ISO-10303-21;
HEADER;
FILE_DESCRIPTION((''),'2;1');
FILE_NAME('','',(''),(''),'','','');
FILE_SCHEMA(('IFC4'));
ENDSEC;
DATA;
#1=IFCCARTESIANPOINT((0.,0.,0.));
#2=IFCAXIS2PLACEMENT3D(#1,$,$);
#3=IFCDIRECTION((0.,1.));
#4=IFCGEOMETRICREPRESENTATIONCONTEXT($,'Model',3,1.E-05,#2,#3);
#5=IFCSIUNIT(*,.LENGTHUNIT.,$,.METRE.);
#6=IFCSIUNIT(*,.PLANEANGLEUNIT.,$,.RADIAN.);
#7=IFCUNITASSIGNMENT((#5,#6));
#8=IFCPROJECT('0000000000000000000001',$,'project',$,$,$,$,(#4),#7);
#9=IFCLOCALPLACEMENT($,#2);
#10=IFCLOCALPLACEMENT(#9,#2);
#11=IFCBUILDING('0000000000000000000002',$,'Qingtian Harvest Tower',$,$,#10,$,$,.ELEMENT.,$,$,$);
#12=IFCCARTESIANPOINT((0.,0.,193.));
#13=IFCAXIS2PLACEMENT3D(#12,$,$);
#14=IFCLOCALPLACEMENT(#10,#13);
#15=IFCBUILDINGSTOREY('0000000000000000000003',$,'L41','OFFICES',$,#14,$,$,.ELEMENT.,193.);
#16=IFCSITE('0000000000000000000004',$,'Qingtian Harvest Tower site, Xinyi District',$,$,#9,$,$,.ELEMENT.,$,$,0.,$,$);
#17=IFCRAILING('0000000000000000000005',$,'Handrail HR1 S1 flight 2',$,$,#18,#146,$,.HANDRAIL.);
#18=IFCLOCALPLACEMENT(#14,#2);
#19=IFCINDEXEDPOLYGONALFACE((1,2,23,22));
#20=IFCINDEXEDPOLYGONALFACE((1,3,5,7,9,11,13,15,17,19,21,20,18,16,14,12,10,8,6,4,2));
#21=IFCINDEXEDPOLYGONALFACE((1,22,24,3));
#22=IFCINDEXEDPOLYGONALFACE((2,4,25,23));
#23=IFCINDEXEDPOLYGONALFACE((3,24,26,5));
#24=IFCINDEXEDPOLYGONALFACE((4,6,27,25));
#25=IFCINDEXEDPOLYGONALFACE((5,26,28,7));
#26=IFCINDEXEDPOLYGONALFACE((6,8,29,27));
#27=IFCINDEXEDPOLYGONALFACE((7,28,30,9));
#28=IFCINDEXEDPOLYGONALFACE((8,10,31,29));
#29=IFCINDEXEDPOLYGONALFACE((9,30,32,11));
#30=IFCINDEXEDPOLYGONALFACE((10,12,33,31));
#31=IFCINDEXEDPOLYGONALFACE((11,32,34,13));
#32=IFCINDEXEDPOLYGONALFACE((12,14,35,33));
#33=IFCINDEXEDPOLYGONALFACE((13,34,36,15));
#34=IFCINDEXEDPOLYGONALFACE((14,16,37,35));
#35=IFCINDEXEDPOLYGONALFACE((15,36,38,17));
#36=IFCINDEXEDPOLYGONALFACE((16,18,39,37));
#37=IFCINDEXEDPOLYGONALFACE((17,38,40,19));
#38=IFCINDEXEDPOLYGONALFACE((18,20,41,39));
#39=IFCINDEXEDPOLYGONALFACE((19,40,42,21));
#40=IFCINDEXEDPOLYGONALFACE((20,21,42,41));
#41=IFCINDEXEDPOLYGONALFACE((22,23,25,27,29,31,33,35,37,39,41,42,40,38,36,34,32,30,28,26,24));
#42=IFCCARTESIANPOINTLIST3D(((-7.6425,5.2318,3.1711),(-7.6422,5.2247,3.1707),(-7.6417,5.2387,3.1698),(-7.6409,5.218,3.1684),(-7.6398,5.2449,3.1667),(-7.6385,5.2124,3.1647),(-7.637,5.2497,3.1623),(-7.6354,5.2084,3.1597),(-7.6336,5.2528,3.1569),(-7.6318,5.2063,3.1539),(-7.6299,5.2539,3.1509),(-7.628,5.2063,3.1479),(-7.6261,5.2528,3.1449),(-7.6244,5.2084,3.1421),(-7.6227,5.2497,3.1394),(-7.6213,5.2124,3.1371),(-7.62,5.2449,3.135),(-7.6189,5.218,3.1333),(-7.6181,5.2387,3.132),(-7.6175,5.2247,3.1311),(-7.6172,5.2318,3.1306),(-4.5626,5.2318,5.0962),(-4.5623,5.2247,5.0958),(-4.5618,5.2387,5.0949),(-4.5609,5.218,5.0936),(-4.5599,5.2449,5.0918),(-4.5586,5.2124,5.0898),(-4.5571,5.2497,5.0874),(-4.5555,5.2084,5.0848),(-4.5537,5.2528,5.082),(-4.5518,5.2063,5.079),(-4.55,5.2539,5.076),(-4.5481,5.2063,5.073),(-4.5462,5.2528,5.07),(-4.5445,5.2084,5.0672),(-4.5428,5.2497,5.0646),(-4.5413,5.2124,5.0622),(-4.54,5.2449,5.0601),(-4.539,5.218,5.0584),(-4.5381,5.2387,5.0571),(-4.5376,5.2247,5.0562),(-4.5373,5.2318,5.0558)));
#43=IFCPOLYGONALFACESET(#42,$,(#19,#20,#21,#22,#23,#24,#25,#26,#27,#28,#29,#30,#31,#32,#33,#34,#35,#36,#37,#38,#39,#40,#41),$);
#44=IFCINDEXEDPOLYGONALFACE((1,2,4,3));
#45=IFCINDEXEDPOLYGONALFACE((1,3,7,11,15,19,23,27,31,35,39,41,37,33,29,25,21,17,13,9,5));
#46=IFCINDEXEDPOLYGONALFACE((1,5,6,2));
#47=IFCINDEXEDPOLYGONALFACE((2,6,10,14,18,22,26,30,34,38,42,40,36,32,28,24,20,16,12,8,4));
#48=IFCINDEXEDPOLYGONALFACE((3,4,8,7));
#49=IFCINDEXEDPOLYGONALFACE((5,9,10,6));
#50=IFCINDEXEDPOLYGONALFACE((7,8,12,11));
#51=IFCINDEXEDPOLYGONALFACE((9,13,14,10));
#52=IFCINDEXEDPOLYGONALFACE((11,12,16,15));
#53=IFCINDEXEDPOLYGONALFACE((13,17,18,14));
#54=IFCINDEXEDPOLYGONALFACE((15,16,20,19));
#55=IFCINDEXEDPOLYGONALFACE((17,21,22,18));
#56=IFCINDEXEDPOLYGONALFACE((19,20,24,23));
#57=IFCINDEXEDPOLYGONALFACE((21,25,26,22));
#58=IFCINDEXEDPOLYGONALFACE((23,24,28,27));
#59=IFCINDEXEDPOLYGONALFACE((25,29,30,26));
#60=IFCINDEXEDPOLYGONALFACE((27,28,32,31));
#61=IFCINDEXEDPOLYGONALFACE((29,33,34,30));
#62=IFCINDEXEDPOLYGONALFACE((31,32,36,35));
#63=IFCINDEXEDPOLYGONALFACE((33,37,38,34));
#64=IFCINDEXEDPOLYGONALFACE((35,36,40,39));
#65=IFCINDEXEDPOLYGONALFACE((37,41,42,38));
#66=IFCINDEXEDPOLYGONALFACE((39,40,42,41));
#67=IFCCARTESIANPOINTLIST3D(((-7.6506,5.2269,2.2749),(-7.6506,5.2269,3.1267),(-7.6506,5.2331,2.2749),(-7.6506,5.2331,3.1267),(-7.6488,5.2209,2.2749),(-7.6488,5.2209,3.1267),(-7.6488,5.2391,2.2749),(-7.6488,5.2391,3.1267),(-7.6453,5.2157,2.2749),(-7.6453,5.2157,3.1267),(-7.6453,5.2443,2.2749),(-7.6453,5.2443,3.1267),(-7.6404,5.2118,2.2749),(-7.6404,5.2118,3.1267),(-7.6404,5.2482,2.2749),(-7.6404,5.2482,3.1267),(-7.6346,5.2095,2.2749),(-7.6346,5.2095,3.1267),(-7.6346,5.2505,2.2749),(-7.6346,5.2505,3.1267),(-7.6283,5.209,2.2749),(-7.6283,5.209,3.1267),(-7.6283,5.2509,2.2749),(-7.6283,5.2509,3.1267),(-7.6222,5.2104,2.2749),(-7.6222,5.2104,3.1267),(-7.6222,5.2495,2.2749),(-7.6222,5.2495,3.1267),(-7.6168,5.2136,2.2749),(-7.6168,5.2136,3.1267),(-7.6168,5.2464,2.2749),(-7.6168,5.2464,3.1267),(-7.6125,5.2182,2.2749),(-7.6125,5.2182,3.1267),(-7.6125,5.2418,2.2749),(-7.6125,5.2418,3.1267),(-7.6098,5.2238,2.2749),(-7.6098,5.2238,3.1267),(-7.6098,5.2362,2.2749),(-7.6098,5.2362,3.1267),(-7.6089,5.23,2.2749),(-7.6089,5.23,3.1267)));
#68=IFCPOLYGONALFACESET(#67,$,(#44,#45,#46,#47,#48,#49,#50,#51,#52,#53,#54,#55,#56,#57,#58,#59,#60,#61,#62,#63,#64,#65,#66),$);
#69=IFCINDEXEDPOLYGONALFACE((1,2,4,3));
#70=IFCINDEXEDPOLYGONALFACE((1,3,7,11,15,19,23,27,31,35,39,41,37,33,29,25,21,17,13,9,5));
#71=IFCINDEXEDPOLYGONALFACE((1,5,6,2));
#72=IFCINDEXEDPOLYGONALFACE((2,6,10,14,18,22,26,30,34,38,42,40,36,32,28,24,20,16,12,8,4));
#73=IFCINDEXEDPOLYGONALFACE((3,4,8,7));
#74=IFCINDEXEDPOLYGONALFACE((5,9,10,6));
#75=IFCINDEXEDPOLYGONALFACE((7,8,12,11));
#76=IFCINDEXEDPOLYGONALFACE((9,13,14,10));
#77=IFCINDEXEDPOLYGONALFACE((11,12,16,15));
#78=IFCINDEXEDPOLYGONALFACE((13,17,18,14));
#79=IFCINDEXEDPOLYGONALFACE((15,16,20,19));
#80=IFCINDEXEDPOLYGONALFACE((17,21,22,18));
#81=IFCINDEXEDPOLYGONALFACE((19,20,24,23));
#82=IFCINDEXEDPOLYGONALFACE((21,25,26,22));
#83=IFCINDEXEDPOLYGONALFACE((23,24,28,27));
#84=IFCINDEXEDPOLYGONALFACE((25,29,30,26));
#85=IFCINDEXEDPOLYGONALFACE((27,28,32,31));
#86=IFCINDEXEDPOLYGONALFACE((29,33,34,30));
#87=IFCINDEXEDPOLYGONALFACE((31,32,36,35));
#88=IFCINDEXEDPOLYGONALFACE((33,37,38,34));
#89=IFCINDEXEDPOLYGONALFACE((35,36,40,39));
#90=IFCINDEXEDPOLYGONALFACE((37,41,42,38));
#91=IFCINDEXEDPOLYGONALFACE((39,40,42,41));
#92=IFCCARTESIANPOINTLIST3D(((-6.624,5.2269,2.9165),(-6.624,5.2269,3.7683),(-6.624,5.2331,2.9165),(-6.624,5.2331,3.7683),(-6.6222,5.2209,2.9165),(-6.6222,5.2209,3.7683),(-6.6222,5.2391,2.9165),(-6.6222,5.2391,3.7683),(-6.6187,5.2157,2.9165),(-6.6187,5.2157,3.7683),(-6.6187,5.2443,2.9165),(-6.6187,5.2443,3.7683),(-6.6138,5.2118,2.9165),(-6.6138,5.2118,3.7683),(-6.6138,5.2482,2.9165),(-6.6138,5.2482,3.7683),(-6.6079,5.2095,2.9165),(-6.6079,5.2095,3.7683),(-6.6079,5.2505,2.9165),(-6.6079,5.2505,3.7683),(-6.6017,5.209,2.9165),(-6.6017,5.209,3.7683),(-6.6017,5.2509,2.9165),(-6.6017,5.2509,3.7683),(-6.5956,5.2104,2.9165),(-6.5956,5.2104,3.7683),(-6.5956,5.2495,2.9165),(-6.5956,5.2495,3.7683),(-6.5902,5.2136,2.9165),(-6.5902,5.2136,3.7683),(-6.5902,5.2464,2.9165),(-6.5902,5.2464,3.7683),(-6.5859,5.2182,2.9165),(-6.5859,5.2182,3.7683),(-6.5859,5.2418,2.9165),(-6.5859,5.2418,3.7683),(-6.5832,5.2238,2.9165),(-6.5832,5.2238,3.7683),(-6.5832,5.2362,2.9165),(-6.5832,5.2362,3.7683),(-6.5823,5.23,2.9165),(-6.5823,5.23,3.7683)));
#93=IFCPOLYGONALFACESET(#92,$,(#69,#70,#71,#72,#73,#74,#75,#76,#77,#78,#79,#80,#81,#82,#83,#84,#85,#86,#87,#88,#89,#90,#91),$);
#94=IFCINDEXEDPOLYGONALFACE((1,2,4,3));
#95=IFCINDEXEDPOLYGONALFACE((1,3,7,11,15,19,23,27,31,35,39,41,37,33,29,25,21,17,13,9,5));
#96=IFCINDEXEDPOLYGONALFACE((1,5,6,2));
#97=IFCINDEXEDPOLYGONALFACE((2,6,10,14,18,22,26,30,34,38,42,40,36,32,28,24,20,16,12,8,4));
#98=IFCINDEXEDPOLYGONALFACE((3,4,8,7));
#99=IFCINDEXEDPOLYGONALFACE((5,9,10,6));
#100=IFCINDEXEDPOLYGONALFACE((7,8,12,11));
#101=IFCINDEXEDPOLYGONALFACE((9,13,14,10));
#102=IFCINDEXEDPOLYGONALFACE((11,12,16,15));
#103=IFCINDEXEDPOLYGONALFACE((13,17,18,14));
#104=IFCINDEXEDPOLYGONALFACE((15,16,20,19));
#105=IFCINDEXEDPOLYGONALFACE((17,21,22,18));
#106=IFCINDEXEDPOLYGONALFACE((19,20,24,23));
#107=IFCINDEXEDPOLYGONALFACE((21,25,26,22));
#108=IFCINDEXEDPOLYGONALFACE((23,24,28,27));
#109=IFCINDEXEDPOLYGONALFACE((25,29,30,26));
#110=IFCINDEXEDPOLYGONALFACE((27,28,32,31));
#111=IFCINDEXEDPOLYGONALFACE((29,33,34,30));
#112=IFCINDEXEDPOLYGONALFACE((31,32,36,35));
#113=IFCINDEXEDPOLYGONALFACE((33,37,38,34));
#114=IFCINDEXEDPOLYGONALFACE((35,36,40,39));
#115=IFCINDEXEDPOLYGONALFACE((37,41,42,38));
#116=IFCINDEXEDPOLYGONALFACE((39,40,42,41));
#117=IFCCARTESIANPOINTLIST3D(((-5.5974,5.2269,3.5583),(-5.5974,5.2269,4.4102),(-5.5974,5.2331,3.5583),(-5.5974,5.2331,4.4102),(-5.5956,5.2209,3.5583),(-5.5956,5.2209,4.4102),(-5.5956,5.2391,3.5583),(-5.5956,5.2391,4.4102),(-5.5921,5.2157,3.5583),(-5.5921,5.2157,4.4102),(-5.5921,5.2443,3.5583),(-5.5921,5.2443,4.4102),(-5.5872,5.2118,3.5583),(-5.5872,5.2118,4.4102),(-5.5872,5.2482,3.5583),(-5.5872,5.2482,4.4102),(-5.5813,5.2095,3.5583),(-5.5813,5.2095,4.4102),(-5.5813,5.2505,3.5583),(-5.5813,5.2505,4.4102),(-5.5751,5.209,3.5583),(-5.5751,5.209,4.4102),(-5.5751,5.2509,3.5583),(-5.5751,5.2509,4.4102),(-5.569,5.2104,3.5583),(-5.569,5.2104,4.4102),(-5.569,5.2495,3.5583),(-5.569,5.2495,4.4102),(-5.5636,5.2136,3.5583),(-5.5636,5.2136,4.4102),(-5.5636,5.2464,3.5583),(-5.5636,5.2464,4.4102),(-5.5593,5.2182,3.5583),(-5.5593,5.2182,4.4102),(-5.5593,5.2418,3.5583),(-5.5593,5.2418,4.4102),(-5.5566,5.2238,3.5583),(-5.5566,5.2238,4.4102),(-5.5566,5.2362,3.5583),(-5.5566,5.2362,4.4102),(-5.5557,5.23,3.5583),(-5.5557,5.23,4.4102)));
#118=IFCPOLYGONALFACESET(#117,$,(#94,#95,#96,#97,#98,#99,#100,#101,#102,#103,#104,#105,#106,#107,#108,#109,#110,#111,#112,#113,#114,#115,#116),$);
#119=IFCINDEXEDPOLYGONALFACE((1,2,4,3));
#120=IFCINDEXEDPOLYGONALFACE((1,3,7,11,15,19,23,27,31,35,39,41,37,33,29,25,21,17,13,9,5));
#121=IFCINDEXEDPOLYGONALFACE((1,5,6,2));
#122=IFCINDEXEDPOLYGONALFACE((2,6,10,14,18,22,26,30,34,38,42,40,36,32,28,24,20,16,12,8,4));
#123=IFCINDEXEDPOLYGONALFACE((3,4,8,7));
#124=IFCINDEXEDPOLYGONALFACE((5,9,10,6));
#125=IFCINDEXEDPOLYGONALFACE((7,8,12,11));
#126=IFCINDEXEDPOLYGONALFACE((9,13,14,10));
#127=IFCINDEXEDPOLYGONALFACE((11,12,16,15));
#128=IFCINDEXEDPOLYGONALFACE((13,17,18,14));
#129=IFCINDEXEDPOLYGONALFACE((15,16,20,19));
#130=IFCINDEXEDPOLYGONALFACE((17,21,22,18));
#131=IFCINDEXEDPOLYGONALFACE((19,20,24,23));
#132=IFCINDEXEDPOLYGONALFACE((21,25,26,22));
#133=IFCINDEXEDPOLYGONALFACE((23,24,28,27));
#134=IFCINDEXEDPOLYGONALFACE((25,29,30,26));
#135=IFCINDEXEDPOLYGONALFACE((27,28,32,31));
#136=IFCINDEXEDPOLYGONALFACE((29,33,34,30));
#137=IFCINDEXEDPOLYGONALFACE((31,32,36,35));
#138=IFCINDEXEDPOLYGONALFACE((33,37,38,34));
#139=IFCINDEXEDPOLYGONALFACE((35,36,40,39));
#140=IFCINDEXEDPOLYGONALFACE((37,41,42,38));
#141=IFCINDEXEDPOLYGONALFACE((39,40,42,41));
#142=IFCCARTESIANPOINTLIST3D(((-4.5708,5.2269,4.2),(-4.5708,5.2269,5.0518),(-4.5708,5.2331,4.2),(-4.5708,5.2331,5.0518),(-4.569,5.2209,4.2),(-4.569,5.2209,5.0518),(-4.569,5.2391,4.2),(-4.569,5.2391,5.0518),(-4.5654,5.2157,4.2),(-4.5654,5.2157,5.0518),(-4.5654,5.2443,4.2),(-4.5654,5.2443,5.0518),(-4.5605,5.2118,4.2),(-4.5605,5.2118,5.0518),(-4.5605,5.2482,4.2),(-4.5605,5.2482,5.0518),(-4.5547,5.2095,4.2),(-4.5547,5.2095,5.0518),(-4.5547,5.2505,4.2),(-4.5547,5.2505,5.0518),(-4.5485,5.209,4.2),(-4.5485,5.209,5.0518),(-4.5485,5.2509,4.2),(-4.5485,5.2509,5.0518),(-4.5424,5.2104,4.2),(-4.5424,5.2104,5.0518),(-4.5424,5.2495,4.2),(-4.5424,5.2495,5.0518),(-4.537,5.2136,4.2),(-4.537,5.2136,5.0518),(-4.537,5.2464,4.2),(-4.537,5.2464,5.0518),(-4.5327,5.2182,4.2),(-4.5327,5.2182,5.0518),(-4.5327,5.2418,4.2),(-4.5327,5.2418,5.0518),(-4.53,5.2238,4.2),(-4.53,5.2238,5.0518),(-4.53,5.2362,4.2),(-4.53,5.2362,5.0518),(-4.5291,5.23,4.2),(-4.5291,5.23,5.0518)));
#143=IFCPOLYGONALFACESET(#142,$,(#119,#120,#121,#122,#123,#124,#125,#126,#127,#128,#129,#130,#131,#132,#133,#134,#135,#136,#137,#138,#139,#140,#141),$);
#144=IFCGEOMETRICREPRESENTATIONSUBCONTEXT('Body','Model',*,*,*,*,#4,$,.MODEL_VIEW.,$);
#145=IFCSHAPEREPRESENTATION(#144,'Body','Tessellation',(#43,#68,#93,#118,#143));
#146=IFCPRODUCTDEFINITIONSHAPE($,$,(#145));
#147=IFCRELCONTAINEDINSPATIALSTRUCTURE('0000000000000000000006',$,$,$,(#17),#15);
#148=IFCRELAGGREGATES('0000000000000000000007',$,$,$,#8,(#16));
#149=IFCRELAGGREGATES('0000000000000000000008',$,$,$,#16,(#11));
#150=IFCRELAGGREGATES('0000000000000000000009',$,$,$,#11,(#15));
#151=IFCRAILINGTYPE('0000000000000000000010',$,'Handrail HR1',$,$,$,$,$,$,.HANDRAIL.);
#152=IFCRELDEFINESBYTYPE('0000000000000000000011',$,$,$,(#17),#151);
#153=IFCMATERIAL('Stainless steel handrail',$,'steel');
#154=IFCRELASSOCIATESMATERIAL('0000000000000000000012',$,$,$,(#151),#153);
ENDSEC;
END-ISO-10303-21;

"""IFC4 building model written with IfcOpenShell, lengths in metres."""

from ifc_helpers import new_model, si_unit, direction, frame, origin, origin_2d, place, context, subcontext, project, spatial, circle, extrude, material, type_object, element, save


model = new_model("IFC4")

# Units and contexts
model_context = context("Model", 3, precision=1e-05, world=origin(), true_north=direction((0.0, 1.0)))
body_context = subcontext(model_context, "Body", "Model", "MODEL_VIEW")
ifc_project = project(units=[si_unit("LENGTHUNIT", "METRE"), si_unit("PLANEANGLEUNIT", "RADIAN")], contexts=[model_context])

# Site, building, storey
site_placement = place(None, origin())
site = spatial("IfcSite", under=ifc_project, at=site_placement, Name="Qingtian Harvest Tower site, Xinyi District", CompositionType="ELEMENT", RefElevation=0.0)
building_placement = place(site_placement, origin())
building = spatial("IfcBuilding", under=site, at=building_placement, Name="Qingtian Harvest Tower", CompositionType="ELEMENT")
storey_placement = place(building_placement, frame((0.0, 0.0, 193.0)))
storey = spatial("IfcBuildingStorey", under=building, at=storey_placement, Name="L41", Description="OFFICES", CompositionType="ELEMENT", Elevation=193.0)

# Railing
ifc_material_1 = material(Name="Stainless steel handrail", Category="steel")
railing_type = type_object("IfcRailingType", Name="Handrail HR1", PredefinedType="HANDRAIL", material=ifc_material_1)
railing_placement = place(storey_placement, frame((-7.6299, 5.23, 2.2749)))
element("IfcRailing", 1, at=railing_placement, inside=storey, type_object=railing_type, Name="Handrail HR1 S1 flight 2", PredefinedType="HANDRAIL", context=body_context, shape_type="SweptSolid", body=[
    extrude(circle(Radius=0.0239, at=origin_2d()), frame((0.0, 0.0, 0.876), z_axis=(0.847979, 0.0, 0.530029), x_axis=(0.0, 1.0, 0.0)), (0.0, 0.0, 1.0), 3.6321),
    extrude(circle(Radius=0.021, at=origin_2d()), origin(), (0.0, 0.0, 1.0), 0.8518),
    extrude(circle(Radius=0.021, at=origin_2d()), frame((1.0266, 0.0, 0.6416)), (0.0, 0.0, 1.0), 0.8518),
    extrude(circle(Radius=0.021, at=origin_2d()), frame((2.0532, 0.0, 1.2834)), (0.0, 0.0, 1.0), 0.8518),
    extrude(circle(Radius=0.021, at=origin_2d()), frame((3.0798, 0.0, 1.925)), (0.0, 0.0, 1.0), 0.8518),
])

save(model, "model.ifc")
